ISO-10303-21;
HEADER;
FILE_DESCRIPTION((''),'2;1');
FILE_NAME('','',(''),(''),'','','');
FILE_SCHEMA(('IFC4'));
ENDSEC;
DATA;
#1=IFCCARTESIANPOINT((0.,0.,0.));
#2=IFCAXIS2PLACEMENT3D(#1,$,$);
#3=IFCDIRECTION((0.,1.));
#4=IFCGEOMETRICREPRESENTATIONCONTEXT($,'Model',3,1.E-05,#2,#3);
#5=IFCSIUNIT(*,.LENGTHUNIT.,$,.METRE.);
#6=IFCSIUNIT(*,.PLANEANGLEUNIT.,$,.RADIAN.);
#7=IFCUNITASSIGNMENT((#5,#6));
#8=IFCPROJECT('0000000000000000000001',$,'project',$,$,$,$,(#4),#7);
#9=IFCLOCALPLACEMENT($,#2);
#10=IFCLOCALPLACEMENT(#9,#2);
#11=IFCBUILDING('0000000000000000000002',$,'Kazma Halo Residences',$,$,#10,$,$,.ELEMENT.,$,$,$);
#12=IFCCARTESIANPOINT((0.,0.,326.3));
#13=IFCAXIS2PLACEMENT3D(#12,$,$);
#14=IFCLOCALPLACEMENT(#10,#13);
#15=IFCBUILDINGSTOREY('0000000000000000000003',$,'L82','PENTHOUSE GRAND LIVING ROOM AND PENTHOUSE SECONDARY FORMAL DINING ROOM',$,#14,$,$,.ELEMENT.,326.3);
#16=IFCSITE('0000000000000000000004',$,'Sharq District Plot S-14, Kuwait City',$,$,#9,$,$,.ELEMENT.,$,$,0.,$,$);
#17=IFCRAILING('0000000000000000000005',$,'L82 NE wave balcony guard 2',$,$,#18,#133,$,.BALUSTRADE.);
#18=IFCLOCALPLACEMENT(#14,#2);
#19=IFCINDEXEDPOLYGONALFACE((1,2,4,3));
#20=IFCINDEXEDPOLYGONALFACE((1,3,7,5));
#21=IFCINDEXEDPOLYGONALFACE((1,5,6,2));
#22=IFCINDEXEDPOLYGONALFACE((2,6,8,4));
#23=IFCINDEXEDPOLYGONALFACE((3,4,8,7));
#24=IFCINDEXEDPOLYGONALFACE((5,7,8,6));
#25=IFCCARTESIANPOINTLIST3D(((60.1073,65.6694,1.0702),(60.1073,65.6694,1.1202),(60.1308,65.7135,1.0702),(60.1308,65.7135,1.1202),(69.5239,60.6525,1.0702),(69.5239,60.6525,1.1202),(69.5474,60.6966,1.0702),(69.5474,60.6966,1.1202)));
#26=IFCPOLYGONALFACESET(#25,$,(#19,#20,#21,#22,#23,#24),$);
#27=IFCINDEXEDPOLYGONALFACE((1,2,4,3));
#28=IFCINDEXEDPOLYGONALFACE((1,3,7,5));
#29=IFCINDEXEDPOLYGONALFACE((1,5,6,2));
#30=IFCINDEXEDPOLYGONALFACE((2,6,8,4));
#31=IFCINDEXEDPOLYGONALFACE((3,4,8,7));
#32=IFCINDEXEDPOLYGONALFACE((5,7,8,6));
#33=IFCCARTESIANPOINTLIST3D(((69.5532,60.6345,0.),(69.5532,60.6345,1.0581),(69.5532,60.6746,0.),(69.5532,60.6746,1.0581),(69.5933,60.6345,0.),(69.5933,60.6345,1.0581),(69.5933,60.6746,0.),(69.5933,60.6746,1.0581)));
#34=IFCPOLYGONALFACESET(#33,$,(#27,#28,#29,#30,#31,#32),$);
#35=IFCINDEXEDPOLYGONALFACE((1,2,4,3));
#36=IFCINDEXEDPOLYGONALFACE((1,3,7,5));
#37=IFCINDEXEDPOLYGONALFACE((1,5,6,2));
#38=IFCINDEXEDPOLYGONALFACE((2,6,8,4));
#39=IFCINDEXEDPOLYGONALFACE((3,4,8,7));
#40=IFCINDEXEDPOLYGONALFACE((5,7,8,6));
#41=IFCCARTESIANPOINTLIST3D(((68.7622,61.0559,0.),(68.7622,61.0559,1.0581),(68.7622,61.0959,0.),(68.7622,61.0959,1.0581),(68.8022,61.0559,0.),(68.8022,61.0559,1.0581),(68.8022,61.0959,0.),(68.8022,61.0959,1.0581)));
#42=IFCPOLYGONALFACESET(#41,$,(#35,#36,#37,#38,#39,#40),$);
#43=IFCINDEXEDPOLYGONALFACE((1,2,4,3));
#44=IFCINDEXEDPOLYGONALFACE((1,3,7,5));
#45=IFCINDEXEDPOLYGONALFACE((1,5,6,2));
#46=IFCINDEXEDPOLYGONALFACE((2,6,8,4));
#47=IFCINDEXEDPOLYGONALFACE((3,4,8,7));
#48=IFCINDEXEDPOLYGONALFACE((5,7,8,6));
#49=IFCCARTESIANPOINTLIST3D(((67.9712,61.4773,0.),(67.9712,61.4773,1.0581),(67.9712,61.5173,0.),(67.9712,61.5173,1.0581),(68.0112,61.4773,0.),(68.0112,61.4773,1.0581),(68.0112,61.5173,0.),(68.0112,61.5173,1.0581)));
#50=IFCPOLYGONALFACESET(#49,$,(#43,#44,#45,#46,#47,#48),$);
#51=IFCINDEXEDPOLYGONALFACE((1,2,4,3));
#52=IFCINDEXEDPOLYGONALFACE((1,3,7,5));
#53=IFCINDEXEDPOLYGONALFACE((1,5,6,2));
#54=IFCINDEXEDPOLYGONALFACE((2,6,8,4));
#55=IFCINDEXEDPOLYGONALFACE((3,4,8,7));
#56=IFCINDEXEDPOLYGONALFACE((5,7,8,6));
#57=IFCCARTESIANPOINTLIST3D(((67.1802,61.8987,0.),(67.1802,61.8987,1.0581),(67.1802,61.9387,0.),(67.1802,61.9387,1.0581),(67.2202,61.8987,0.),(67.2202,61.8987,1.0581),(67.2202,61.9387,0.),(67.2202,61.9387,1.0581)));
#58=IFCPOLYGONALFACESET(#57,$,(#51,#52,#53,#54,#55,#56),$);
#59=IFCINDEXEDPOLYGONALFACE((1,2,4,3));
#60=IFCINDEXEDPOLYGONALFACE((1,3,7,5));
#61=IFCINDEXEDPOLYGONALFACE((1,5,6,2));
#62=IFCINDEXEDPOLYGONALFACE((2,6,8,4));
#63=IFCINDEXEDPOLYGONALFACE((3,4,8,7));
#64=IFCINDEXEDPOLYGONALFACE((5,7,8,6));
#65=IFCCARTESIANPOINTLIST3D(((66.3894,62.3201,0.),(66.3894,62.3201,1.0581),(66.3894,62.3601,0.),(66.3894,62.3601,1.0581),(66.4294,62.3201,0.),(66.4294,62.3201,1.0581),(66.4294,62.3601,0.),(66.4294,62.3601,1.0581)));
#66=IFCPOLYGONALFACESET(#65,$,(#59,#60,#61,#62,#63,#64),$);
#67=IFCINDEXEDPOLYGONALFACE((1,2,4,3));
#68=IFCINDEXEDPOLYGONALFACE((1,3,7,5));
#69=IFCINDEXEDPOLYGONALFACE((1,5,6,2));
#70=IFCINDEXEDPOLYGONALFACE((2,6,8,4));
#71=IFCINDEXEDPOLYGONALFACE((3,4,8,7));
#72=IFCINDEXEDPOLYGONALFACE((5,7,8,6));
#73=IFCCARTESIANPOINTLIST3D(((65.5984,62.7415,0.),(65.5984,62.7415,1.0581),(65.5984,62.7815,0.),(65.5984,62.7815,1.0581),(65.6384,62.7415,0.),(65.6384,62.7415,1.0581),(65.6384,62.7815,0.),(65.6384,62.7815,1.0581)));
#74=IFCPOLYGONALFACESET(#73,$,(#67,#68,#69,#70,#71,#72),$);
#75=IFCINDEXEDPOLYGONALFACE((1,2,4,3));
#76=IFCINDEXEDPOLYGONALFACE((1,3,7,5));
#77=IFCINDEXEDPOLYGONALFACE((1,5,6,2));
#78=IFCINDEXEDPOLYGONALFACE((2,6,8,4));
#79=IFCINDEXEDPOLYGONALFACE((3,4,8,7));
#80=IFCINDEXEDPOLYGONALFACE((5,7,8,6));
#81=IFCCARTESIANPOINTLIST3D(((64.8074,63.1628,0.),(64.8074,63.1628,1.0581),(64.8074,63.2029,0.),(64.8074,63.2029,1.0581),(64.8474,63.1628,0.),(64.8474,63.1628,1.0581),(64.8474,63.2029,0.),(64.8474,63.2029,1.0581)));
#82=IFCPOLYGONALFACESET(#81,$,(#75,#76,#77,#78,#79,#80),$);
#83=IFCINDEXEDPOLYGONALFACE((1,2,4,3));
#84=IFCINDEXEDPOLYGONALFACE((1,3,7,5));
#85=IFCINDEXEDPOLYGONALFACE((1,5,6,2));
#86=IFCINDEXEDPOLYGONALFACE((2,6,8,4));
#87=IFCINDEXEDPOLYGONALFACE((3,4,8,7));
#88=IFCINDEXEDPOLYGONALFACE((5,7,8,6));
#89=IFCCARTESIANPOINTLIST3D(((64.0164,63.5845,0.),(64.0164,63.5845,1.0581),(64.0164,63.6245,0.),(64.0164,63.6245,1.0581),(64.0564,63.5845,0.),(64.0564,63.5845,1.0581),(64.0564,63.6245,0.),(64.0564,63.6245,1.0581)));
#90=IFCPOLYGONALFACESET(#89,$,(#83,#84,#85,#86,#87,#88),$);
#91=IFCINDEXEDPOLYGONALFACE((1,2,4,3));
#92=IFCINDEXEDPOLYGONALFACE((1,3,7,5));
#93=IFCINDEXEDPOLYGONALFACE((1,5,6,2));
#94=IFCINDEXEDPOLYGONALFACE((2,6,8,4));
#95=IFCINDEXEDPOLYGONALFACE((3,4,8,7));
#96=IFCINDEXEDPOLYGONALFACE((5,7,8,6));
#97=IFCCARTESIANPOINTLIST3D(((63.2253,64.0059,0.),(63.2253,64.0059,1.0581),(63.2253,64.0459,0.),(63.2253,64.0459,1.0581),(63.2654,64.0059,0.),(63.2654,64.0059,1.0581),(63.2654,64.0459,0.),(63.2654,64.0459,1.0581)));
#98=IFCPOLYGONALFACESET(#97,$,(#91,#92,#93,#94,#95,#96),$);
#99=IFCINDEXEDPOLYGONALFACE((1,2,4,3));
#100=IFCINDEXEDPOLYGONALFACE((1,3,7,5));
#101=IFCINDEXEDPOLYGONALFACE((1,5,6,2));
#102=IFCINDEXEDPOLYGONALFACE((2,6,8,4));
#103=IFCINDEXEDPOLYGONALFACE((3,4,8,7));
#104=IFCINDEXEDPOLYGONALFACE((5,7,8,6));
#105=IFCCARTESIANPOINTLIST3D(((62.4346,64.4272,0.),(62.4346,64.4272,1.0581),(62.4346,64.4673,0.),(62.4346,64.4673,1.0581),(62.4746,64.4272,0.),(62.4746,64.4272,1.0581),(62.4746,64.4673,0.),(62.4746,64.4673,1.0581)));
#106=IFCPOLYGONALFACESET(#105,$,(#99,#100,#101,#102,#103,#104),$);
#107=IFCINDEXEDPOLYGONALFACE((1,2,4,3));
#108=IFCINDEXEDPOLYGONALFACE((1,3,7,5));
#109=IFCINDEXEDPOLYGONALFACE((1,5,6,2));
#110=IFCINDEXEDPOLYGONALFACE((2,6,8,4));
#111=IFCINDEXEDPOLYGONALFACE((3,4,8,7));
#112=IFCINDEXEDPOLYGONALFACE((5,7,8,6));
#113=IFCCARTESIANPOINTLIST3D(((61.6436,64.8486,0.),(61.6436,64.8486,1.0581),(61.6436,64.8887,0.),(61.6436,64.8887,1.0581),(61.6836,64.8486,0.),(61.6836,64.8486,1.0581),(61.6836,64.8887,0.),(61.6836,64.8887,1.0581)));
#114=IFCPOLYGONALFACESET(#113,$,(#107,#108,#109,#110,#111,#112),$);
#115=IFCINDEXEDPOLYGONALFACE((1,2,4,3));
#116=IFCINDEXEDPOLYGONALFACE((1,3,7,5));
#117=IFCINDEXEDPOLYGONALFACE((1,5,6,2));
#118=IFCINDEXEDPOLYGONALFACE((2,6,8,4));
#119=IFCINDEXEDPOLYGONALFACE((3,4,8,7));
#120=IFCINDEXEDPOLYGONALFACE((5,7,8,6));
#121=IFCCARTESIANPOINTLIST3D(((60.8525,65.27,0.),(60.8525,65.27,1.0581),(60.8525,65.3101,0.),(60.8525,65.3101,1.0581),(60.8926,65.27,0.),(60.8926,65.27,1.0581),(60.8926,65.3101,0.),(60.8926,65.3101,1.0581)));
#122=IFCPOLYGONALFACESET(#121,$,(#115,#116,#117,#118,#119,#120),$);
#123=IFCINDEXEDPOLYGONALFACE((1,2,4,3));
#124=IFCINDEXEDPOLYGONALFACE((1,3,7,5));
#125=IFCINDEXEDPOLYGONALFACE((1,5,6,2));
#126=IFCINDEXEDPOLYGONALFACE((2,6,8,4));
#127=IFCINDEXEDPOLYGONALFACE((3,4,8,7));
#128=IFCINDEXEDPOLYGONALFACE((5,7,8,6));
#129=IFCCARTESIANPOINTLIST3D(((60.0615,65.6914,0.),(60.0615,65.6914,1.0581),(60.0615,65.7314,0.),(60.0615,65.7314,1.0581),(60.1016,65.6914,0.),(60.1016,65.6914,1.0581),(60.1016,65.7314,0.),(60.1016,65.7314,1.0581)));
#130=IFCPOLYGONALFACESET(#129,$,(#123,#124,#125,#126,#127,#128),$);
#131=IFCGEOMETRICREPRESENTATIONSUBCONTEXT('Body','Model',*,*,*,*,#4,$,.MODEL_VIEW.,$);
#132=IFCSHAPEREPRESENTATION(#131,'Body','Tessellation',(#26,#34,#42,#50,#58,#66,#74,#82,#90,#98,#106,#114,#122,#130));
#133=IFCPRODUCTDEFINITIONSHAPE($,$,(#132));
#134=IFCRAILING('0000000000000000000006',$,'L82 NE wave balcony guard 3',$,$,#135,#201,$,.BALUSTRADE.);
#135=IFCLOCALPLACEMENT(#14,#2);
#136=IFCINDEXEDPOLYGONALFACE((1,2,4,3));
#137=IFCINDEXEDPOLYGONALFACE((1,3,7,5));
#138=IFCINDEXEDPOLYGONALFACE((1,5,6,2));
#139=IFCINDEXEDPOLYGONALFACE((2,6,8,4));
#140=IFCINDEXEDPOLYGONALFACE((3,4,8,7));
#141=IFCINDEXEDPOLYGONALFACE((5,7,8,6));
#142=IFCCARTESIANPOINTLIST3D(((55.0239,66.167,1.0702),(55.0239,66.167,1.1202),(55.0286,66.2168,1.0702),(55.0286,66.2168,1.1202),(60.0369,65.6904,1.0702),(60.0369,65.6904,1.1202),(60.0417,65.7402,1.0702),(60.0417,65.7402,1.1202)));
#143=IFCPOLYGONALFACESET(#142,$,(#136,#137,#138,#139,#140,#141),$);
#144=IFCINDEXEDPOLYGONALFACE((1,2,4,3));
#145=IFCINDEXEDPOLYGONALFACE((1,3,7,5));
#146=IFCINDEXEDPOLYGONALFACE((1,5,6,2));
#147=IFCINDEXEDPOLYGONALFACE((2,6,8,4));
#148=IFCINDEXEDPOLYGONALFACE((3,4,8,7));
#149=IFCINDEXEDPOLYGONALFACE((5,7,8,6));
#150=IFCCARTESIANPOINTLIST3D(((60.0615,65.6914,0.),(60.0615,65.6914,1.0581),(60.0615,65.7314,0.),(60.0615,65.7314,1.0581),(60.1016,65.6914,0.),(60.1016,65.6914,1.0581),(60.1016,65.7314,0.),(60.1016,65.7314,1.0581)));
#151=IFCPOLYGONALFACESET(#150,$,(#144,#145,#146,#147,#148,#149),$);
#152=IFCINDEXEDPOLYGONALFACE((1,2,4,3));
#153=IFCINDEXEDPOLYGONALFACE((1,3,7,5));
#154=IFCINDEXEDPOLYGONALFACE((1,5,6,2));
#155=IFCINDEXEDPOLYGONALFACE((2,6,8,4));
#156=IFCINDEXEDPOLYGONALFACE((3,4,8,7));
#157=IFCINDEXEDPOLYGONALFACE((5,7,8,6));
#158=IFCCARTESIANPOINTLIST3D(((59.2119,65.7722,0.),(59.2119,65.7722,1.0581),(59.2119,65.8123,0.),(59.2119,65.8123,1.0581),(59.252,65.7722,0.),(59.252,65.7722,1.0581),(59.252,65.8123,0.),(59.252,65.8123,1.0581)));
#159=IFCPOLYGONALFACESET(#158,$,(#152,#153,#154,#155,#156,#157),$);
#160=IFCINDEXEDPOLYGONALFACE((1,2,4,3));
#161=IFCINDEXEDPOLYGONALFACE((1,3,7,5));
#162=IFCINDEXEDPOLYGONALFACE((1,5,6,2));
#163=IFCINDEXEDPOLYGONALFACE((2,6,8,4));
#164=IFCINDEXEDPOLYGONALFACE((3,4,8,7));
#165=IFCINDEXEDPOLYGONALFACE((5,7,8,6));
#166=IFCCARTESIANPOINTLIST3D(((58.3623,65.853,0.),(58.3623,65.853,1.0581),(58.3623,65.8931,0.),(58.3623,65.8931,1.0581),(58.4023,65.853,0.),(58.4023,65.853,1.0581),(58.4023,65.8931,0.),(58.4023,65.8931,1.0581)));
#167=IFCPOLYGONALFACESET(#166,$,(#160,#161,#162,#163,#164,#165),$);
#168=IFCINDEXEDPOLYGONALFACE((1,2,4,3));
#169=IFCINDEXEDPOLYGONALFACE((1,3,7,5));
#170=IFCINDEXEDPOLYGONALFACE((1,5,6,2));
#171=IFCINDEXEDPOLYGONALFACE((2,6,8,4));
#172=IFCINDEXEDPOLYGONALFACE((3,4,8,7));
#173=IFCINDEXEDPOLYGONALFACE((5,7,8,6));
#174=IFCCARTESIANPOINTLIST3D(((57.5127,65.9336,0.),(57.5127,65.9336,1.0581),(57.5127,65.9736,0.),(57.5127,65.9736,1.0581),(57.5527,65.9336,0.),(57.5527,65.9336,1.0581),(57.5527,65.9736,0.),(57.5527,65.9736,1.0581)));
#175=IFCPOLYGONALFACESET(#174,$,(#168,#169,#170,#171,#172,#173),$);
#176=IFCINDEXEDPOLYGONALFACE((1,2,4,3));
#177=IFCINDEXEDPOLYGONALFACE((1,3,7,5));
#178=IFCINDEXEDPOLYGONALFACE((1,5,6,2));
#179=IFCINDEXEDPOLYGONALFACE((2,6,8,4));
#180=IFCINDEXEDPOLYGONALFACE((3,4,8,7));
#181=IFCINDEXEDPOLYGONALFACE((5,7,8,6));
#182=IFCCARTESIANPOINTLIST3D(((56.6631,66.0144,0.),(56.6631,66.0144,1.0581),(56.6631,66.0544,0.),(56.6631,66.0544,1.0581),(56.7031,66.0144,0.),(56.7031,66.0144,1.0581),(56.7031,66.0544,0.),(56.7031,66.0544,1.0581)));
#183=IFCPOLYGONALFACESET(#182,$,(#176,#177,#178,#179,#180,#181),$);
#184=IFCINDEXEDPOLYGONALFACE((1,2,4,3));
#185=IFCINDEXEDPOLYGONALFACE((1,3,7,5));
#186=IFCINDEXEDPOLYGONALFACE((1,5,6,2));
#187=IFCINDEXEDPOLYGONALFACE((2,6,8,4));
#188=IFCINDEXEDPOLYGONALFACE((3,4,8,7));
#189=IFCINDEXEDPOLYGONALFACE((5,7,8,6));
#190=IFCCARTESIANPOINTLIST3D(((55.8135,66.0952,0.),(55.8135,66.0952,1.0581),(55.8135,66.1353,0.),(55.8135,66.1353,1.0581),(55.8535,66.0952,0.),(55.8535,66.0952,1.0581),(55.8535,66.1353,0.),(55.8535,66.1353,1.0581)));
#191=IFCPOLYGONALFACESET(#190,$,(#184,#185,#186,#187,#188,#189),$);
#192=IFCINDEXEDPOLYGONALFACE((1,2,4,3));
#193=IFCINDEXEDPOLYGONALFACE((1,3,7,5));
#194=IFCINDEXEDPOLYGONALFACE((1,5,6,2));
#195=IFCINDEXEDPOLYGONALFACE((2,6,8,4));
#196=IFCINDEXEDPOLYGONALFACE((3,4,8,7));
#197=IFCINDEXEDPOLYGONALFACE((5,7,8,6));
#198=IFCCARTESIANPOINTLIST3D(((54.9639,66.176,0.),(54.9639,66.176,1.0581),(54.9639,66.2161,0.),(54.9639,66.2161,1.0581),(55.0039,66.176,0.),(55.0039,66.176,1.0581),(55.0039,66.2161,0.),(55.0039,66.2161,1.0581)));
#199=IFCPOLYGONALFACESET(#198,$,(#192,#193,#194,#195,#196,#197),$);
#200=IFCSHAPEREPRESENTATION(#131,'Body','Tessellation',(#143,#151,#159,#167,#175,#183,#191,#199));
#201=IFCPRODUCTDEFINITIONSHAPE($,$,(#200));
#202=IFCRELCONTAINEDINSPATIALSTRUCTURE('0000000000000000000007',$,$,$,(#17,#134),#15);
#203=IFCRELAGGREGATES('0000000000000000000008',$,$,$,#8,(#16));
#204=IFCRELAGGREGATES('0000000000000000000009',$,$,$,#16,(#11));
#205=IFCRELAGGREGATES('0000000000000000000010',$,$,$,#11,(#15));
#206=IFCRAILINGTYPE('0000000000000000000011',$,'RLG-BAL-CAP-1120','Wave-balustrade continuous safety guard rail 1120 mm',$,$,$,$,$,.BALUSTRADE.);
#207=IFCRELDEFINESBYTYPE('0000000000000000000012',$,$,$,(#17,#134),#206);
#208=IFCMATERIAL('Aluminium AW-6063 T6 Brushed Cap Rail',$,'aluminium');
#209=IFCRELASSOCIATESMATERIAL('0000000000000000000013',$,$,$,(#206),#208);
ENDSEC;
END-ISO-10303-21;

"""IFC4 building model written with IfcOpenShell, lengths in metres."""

from ifc_helpers import new_model, si_unit, direction, frame, origin, origin_2d, place, context, subcontext, project, spatial, rectangle, extrude, material, type_object, element, save


model = new_model("IFC4")

# Units and contexts
model_context = context("Model", 3, precision=1e-05, world=origin(), true_north=direction((0.0, 1.0)))
body_context = subcontext(model_context, "Body", "Model", "MODEL_VIEW")
ifc_project = project(units=[si_unit("LENGTHUNIT", "METRE"), si_unit("PLANEANGLEUNIT", "RADIAN")], contexts=[model_context])

# Site, building, storey
site_placement = place(None, origin())
site = spatial("IfcSite", under=ifc_project, at=site_placement, Name="Sharq District Plot S-14, Kuwait City", CompositionType="ELEMENT", RefElevation=0.0)
building_placement = place(site_placement, origin())
building = spatial("IfcBuilding", under=site, at=building_placement, Name="Kazma Halo Residences", CompositionType="ELEMENT")
storey_placement = place(building_placement, frame((0.0, 0.0, 326.3)))
storey = spatial("IfcBuildingStorey", under=building, at=storey_placement, Name="L82", Description="PENTHOUSE GRAND LIVING ROOM AND PENTHOUSE SECONDARY FORMAL DINING ROOM", CompositionType="ELEMENT", Elevation=326.3)

# Railings
ifc_material_1 = material(Name="Aluminium AW-6063 T6 Brushed Cap Rail", Category="aluminium")
railing_type = type_object("IfcRailingType", Name="RLG-BAL-CAP-1120", Description="Wave-balustrade continuous safety guard rail 1120 mm", PredefinedType="BALUSTRADE", material=ifc_material_1)
railing_1_placement = place(storey_placement, frame((69.5732, 60.6545, 0.0)))
element("IfcRailing", 1, at=railing_1_placement, inside=storey, type_object=railing_type, Name="L82 NE wave balcony guard 2", PredefinedType="BALUSTRADE", context=body_context, shape_type="SweptSolid", body=[
    extrude(rectangle(XDim=0.05, YDim=0.05, at=origin_2d()), frame((-0.0376, 0.02, 1.0952), z_axis=(-0.88256, 0.470201, 0.0), x_axis=(-0.470201, -0.88256, 0.0)), (0.0, 0.0, 1.0), 10.6697),
    extrude(rectangle(XDim=0.04, YDim=0.04, at=origin_2d()), origin(), (0.0, 0.0, 1.0), 1.0581),
    extrude(rectangle(XDim=0.04, YDim=0.04, at=origin_2d()), frame((-0.791, 0.4214, 0.0)), (0.0, 0.0, 1.0), 1.0581),
    extrude(rectangle(XDim=0.04, YDim=0.04, at=origin_2d()), frame((-1.582, 0.8428, 0.0)), (0.0, 0.0, 1.0), 1.0581),
    extrude(rectangle(XDim=0.04, YDim=0.04, at=origin_2d()), frame((-2.373, 1.2642, 0.0)), (0.0, 0.0, 1.0), 1.0581),
    extrude(rectangle(XDim=0.04, YDim=0.04, at=origin_2d()), frame((-3.1638, 1.6855, 0.0)), (0.0, 0.0, 1.0), 1.0581),
    extrude(rectangle(XDim=0.04, YDim=0.04, at=origin_2d()), frame((-3.9548, 2.1069, 0.0)), (0.0, 0.0, 1.0), 1.0581),
    extrude(rectangle(XDim=0.04, YDim=0.04, at=origin_2d()), frame((-4.7458, 2.5283, 0.0)), (0.0, 0.0, 1.0), 1.0581),
    extrude(rectangle(XDim=0.04, YDim=0.04, at=origin_2d()), frame((-5.5369, 2.95, 0.0)), (0.0, 0.0, 1.0), 1.0581),
    extrude(rectangle(XDim=0.04, YDim=0.04, at=origin_2d()), frame((-6.3279, 3.3713, 0.0)), (0.0, 0.0, 1.0), 1.0581),
    extrude(rectangle(XDim=0.04, YDim=0.04, at=origin_2d()), frame((-7.1187, 3.7927, 0.0)), (0.0, 0.0, 1.0), 1.0581),
    extrude(rectangle(XDim=0.04, YDim=0.04, at=origin_2d()), frame((-7.9097, 4.2141, 0.0)), (0.0, 0.0, 1.0), 1.0581),
    extrude(rectangle(XDim=0.04, YDim=0.04, at=origin_2d()), frame((-8.7007, 4.6355, 0.0)), (0.0, 0.0, 1.0), 1.0581),
    extrude(rectangle(XDim=0.04, YDim=0.04, at=origin_2d()), frame((-9.4917, 5.0569, 0.0)), (0.0, 0.0, 1.0), 1.0581),
])
railing_2_placement = place(storey_placement, frame((60.0815, 65.7114, 0.0)))
element("IfcRailing", 2, at=railing_2_placement, inside=storey, type_object=railing_type, Name="L82 NE wave balcony guard 3", PredefinedType="BALUSTRADE", context=body_context, shape_type="SweptSolid", body=[
    extrude(rectangle(XDim=0.05, YDim=0.05, at=origin_2d()), frame((-0.0422, 0.0039, 1.0952), z_axis=(-0.995512, 0.09464, 0.0), x_axis=(-0.09464, -0.995512, 0.0)), (0.0, 0.0, 1.0), 5.0356),
    extrude(rectangle(XDim=0.04, YDim=0.04, at=origin_2d()), origin(), (0.0, 0.0, 1.0), 1.0581),
    extrude(rectangle(XDim=0.04, YDim=0.04, at=origin_2d()), frame((-0.8496, 0.0808, 0.0)), (0.0, 0.0, 1.0), 1.0581),
    extrude(rectangle(XDim=0.04, YDim=0.04, at=origin_2d()), frame((-1.6992, 0.1616, 0.0)), (0.0, 0.0, 1.0), 1.0581),
    extrude(rectangle(XDim=0.04, YDim=0.04, at=origin_2d()), frame((-2.5488, 0.2422, 0.0)), (0.0, 0.0, 1.0), 1.0581),
    extrude(rectangle(XDim=0.04, YDim=0.04, at=origin_2d()), frame((-3.3984, 0.323, 0.0)), (0.0, 0.0, 1.0), 1.0581),
    extrude(rectangle(XDim=0.04, YDim=0.04, at=origin_2d()), frame((-4.248, 0.4038, 0.0)), (0.0, 0.0, 1.0), 1.0581),
    extrude(rectangle(XDim=0.04, YDim=0.04, at=origin_2d()), frame((-5.0977, 0.4846, 0.0)), (0.0, 0.0, 1.0), 1.0581),
])

save(model, "model.ifc")
